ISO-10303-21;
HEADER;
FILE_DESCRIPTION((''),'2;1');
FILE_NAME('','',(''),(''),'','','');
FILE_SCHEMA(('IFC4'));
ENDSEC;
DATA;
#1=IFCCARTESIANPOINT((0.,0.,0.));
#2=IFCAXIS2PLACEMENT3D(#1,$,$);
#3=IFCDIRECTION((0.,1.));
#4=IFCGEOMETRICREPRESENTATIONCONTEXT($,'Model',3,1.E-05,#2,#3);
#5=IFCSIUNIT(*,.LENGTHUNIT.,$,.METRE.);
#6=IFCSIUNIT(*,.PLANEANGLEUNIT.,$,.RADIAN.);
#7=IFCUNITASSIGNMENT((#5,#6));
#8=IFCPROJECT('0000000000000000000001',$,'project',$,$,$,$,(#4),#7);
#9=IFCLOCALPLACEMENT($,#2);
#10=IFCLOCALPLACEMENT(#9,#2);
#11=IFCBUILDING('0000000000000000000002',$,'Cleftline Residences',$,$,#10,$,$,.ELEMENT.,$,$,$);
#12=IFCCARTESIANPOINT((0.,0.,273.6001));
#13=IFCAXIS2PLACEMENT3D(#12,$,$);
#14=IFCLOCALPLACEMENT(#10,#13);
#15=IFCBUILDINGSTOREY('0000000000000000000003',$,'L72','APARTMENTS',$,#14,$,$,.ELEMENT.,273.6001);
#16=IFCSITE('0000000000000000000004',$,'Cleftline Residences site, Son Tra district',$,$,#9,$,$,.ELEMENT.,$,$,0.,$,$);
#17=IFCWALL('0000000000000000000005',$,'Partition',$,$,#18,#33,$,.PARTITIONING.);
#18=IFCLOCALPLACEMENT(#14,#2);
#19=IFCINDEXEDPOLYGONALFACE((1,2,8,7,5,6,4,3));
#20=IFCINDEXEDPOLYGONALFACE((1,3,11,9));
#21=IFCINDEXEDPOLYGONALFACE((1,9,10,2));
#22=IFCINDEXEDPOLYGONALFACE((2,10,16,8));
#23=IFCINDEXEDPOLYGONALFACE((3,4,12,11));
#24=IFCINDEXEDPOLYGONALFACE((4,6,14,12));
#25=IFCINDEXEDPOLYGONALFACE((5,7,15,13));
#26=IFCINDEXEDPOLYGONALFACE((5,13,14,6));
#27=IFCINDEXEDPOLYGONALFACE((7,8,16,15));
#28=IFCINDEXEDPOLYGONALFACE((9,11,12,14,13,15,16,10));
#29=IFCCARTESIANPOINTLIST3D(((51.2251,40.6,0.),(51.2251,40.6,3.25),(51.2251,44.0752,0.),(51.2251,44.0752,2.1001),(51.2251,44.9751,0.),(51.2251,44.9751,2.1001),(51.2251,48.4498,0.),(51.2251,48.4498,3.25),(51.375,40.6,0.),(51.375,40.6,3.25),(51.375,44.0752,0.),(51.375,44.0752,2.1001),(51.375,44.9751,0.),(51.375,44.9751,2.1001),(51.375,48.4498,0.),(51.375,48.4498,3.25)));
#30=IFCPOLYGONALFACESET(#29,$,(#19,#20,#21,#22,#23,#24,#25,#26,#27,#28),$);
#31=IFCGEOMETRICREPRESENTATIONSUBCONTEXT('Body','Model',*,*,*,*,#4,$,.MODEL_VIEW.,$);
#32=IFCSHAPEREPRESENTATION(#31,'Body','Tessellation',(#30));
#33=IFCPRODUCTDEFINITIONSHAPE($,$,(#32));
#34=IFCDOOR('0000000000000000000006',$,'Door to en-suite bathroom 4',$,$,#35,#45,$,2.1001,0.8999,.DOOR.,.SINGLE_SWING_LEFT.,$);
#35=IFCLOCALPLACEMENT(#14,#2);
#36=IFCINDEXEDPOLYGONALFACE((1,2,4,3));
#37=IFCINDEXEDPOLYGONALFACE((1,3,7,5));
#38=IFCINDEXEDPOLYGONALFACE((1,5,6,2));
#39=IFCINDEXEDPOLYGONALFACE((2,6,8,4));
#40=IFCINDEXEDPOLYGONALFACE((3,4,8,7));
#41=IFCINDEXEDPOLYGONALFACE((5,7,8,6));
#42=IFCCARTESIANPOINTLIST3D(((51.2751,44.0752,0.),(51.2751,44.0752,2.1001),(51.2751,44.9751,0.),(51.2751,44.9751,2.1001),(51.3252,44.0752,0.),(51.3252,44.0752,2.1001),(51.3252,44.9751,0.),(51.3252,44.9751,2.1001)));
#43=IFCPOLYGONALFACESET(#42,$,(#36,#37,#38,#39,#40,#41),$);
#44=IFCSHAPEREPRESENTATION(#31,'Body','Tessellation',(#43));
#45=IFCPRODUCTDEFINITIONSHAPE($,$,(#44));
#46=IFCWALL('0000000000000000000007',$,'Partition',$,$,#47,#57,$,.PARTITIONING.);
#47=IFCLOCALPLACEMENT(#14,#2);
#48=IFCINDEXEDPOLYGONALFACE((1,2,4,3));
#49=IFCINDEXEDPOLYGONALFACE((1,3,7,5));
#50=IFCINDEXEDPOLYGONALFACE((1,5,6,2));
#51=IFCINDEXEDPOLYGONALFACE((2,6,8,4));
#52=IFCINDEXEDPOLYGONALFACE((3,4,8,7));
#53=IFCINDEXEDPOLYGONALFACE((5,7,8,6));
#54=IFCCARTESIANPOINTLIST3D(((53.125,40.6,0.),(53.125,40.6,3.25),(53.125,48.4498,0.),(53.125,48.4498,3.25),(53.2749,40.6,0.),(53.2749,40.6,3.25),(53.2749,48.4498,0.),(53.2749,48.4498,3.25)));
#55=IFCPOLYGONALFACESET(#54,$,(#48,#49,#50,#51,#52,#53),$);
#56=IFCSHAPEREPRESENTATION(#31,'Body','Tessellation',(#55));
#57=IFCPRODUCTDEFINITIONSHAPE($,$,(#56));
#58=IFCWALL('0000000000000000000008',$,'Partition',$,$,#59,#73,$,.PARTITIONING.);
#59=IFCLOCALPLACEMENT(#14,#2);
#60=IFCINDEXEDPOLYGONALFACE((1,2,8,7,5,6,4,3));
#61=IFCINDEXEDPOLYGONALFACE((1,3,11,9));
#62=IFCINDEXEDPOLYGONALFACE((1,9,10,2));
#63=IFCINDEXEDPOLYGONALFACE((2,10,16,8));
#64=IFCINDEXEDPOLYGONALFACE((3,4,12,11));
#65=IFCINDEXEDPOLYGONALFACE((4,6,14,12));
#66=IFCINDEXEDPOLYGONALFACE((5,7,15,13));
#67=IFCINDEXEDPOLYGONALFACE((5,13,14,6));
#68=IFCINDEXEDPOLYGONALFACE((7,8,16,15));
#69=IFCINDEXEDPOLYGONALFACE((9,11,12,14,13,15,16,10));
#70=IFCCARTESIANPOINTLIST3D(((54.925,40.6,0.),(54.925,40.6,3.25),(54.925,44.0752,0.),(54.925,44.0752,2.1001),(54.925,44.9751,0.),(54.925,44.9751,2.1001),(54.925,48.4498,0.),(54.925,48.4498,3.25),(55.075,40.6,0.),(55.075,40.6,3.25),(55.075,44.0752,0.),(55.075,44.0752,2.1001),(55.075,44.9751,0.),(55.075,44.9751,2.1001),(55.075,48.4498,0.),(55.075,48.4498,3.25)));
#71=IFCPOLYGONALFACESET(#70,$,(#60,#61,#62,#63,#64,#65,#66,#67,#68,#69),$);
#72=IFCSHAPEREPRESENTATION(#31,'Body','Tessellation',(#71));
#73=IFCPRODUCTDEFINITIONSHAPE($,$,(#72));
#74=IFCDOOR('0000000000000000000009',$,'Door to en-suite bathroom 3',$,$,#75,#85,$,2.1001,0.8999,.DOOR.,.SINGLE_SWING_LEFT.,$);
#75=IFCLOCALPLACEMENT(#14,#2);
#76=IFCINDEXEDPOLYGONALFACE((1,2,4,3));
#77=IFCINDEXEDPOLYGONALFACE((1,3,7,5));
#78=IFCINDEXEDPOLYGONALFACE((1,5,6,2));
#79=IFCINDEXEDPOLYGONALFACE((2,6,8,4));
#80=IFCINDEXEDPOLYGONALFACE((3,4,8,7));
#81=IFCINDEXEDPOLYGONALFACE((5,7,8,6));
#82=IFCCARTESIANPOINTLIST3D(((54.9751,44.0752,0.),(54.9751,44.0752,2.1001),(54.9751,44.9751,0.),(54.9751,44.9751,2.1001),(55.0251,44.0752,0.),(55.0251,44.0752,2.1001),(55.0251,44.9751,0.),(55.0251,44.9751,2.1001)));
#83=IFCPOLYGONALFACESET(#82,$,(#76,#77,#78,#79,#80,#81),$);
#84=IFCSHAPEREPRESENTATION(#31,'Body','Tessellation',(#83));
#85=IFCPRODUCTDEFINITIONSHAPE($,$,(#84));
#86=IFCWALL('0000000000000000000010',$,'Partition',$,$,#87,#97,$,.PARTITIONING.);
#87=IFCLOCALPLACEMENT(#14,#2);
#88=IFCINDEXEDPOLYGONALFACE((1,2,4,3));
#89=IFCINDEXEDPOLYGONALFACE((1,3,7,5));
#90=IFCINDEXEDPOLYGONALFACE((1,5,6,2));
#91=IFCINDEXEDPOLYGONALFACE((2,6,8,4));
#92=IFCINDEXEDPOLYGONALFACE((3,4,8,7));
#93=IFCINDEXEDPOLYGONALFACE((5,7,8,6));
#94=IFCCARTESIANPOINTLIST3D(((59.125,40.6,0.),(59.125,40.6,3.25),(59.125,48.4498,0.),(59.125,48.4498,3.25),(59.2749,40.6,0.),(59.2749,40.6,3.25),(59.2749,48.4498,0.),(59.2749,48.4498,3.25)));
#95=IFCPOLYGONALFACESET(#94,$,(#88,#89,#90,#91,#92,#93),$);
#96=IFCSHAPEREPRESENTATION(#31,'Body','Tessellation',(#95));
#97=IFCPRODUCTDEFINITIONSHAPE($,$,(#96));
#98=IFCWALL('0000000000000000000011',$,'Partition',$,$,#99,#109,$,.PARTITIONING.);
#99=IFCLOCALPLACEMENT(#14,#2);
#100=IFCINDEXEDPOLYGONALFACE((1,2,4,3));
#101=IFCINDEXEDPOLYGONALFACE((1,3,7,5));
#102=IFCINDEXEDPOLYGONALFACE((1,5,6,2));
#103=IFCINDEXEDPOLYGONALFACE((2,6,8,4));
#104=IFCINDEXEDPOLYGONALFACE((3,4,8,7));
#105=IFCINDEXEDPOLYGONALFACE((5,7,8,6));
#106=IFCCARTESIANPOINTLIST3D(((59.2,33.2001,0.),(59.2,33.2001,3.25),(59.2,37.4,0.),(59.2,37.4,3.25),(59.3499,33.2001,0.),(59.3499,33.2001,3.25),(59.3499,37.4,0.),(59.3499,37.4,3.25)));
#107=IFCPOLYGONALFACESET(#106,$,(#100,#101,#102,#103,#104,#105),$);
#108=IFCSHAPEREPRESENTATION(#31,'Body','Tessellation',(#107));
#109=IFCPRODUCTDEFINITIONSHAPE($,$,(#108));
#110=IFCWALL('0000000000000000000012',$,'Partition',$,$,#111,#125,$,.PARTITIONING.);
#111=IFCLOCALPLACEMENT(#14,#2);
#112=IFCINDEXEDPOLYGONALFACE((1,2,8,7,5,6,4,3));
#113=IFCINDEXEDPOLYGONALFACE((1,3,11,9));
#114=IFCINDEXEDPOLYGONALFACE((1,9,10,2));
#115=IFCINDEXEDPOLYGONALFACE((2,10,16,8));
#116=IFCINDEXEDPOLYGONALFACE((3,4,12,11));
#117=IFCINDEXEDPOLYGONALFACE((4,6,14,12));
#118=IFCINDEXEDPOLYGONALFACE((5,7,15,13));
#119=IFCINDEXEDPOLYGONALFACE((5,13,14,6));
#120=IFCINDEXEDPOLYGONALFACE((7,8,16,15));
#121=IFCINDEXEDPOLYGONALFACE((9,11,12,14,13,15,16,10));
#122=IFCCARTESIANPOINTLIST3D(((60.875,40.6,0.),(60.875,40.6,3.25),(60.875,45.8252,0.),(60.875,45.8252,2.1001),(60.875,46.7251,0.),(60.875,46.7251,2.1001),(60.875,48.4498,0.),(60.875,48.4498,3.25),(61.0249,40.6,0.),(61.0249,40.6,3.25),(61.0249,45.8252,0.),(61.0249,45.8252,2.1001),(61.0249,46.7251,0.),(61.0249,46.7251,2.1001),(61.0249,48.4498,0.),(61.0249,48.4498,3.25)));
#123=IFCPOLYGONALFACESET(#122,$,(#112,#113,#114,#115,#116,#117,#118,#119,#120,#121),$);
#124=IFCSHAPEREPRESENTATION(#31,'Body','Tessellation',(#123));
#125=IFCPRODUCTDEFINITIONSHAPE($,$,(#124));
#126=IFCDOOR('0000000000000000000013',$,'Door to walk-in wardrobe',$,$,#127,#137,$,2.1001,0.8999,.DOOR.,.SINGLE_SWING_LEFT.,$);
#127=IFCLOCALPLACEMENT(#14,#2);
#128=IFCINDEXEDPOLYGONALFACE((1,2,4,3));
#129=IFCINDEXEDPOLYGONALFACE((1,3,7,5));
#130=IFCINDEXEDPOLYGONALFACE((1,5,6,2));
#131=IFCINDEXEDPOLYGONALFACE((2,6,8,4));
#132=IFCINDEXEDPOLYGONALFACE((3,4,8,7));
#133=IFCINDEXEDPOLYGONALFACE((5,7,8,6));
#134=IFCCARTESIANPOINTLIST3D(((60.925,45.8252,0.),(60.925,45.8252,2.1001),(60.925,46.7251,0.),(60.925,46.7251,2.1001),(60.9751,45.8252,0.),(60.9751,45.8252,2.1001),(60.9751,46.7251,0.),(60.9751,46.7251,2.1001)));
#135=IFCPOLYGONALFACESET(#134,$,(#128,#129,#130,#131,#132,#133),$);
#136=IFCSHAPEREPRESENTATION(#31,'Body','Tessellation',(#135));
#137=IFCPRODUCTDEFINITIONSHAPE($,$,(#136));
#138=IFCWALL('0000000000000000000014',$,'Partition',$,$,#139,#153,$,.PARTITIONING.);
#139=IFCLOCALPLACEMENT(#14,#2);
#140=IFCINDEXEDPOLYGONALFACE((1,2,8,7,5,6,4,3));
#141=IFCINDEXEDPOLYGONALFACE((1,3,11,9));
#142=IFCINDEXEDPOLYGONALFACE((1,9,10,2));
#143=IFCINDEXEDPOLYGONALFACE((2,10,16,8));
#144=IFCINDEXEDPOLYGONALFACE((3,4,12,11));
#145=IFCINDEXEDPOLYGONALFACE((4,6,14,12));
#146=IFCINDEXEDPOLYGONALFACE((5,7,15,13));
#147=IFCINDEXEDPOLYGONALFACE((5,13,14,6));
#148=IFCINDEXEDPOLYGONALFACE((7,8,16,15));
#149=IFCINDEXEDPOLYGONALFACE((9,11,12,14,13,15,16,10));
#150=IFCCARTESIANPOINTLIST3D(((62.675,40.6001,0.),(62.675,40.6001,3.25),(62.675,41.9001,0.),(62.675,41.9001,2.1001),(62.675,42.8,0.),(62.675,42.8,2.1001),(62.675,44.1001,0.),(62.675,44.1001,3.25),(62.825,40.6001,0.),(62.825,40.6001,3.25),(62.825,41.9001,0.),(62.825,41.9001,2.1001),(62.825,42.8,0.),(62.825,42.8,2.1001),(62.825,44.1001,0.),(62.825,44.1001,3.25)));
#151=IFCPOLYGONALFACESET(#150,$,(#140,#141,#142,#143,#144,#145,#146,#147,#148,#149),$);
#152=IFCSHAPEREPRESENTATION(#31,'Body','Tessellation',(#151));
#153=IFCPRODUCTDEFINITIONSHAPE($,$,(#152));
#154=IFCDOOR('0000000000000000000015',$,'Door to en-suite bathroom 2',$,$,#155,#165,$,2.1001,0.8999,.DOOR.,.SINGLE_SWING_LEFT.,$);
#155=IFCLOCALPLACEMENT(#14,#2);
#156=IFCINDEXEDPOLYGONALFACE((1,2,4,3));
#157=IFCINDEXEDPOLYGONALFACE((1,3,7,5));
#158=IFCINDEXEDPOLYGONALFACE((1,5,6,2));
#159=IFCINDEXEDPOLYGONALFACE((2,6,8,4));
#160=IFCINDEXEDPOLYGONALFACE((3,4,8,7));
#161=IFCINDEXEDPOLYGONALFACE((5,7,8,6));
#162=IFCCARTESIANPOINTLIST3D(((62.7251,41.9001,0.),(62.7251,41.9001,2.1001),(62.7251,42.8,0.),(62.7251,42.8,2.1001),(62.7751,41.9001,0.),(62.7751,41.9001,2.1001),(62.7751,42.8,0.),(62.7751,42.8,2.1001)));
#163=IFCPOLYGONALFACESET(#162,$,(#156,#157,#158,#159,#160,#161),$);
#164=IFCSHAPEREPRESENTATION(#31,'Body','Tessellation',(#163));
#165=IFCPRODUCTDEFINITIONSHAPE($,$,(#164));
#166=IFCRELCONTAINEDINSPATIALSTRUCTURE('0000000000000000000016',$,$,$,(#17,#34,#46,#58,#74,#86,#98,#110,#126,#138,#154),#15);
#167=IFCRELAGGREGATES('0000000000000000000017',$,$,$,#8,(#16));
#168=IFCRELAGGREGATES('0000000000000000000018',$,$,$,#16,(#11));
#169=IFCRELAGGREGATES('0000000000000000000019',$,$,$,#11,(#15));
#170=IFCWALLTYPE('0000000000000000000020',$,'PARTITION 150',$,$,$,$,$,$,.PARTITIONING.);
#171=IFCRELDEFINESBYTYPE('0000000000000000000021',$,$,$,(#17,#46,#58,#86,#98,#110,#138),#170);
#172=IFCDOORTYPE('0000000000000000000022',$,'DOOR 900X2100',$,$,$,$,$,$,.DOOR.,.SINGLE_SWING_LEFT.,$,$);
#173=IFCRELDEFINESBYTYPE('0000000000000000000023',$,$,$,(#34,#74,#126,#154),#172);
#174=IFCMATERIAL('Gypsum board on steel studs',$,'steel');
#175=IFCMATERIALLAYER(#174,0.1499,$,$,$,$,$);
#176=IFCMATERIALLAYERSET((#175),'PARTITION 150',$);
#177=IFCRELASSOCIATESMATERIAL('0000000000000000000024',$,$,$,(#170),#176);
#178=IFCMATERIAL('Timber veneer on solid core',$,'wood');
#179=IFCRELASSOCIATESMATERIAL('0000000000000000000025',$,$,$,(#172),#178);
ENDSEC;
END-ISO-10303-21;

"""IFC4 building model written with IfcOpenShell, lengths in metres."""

from ifc_helpers import new_model, si_unit, direction, frame, frame_2d, origin, place, context, subcontext, project, spatial, rectangle, extrude, material, layer, layer_set, type_object, element, fill, save


model = new_model("IFC4")

# Units and contexts
model_context = context("Model", 3, precision=1e-05, world=origin(), true_north=direction((0.0, 1.0)))
body_context = subcontext(model_context, "Body", "Model", "MODEL_VIEW")
ifc_project = project(units=[si_unit("LENGTHUNIT", "METRE"), si_unit("PLANEANGLEUNIT", "RADIAN")], contexts=[model_context])

# Site, building, storey
site_placement = place(None, origin())
site = spatial("IfcSite", under=ifc_project, at=site_placement, Name="Cleftline Residences site, Son Tra district", CompositionType="ELEMENT", RefElevation=0.0)
building_placement = place(site_placement, origin())
building = spatial("IfcBuilding", under=site, at=building_placement, Name="Cleftline Residences", CompositionType="ELEMENT")
storey_placement = place(building_placement, frame((0.0, 0.0, 273.6001)))
storey = spatial("IfcBuildingStorey", under=building, at=storey_placement, Name="L72", Description="APARTMENTS", CompositionType="ELEMENT", Elevation=273.6001)

# Shared definitions
ifc_material_1 = material(Name="Gypsum board on steel studs", Category="steel")
ifc_layer = layer(ifc_material_1, 0.1499)
ifc_layer_set = layer_set([ifc_layer], Name="PARTITION 150")
wall_type = type_object("IfcWallType", Name="PARTITION 150", PredefinedType="PARTITIONING", material=ifc_layer_set)

# Wall, opening, door
wall_1_placement = place(storey_placement, frame((51.3, 40.6001, 0.0), z_axis=(0.0, 0.0, 1.0), x_axis=(0.0, 1.0, 0.0)))
wall_1 = element("IfcWall", 1, at=wall_1_placement, inside=storey, type_object=wall_type, Name="Partition", PredefinedType="PARTITIONING", context=body_context, shape_type="SweptSolid", body=[
    extrude(rectangle(XDim=7.8499, YDim=0.1499, at=frame_2d((3.9248, 0.0))), origin(), (0.0, 0.0, 1.0), 3.25),
])
opening_1_placement = place(wall_1_placement, frame((3.4751, 0.0, 0.0)))
opening_1 = element("IfcOpeningElement", 2, at=opening_1_placement, cuts=wall_1, PredefinedType="OPENING", context=body_context, shape_type="SweptSolid", body=[
    extrude(rectangle(XDim=0.8999, YDim=2.1001, at=frame_2d((0.45, 1.05))), frame((0.0, 0.085, 0.0), z_axis=(0.0, -1.0, 0.0), x_axis=(1.0, 0.0, 0.0)), (0.0, 0.0, 1.0), 0.1699),
])
ifc_material_2 = material(Name="Timber veneer on solid core", Category="wood")
door_type_1 = type_object("IfcDoorType", Name="DOOR 900X2100", OperationType="SINGLE_SWING_LEFT", PredefinedType="DOOR", material=ifc_material_2)
door_1_placement = place(opening_1_placement, origin())
door_1 = element("IfcDoor", 3, at=door_1_placement, inside=storey, type_object=door_type_1, Name="Door to en-suite bathroom 4", OperationType="SINGLE_SWING_LEFT", OverallHeight=2.1001, OverallWidth=0.8999, PredefinedType="DOOR", context=body_context, shape_type="SweptSolid", body=[
    extrude(rectangle(XDim=0.8999, YDim=2.1001, at=frame_2d((0.45, 1.05))), frame((0.0, 0.0249, 0.0), z_axis=(0.0, -1.0, 0.0), x_axis=(1.0, 0.0, 0.0)), (0.0, 0.0, 1.0), 0.05),
])
fill(opening_1, door_1)

# Wall
wall_2_placement = place(storey_placement, frame((53.2, 40.6001, 0.0), z_axis=(0.0, 0.0, 1.0), x_axis=(0.0, 1.0, 0.0)))
element("IfcWall", 4, at=wall_2_placement, inside=storey, type_object=wall_type, Name="Partition", PredefinedType="PARTITIONING", context=body_context, shape_type="SweptSolid", body=[
    extrude(rectangle(XDim=7.8499, YDim=0.1499, at=frame_2d((3.9248, 0.0))), origin(), (0.0, 0.0, 1.0), 3.25),
])

# Wall, opening, door
wall_3_placement = place(storey_placement, frame((55.0, 40.6001, 0.0), z_axis=(0.0, 0.0, 1.0), x_axis=(0.0, 1.0, 0.0)))
wall_3 = element("IfcWall", 5, at=wall_3_placement, inside=storey, type_object=wall_type, Name="Partition", PredefinedType="PARTITIONING", context=body_context, shape_type="SweptSolid", body=[
    extrude(rectangle(XDim=7.8499, YDim=0.1499, at=frame_2d((3.9248, 0.0))), origin(), (0.0, 0.0, 1.0), 3.25),
])
opening_2_placement = place(wall_3_placement, frame((3.4751, 0.0, 0.0)))
opening_2 = element("IfcOpeningElement", 6, at=opening_2_placement, cuts=wall_3, PredefinedType="OPENING", context=body_context, shape_type="SweptSolid", body=[
    extrude(rectangle(XDim=0.8999, YDim=2.1001, at=frame_2d((0.45, 1.05))), frame((0.0, 0.085, 0.0), z_axis=(0.0, -1.0, 0.0), x_axis=(1.0, 0.0, 0.0)), (0.0, 0.0, 1.0), 0.1699),
])
door_2_placement = place(opening_2_placement, origin())
door_2 = element("IfcDoor", 7, at=door_2_placement, inside=storey, type_object=door_type_1, Name="Door to en-suite bathroom 3", OperationType="SINGLE_SWING_LEFT", OverallHeight=2.1001, OverallWidth=0.8999, PredefinedType="DOOR", context=body_context, shape_type="SweptSolid", body=[
    extrude(rectangle(XDim=0.8999, YDim=2.1001, at=frame_2d((0.45, 1.05))), frame((0.0, 0.0249, 0.0), z_axis=(0.0, -1.0, 0.0), x_axis=(1.0, 0.0, 0.0)), (0.0, 0.0, 1.0), 0.05),
])
fill(opening_2, door_2)

# Walls
wall_4_placement = place(storey_placement, frame((59.2, 40.6001, 0.0), z_axis=(0.0, 0.0, 1.0), x_axis=(0.0, 1.0, 0.0)))
element("IfcWall", 8, at=wall_4_placement, inside=storey, type_object=wall_type, Name="Partition", PredefinedType="PARTITIONING", context=body_context, shape_type="SweptSolid", body=[
    extrude(rectangle(XDim=7.8499, YDim=0.1499, at=frame_2d((3.9248, 0.0))), origin(), (0.0, 0.0, 1.0), 3.25),
])
wall_5_placement = place(storey_placement, frame((59.2749, 33.2, 0.0), z_axis=(0.0, 0.0, 1.0), x_axis=(0.0, 1.0, 0.0)))
element("IfcWall", 9, at=wall_5_placement, inside=storey, type_object=wall_type, Name="Partition", PredefinedType="PARTITIONING", context=body_context, shape_type="SweptSolid", body=[
    extrude(rectangle(XDim=4.2, YDim=0.1499, at=frame_2d((2.1001, 0.0))), origin(), (0.0, 0.0, 1.0), 3.25),
])

# Walls, openings, doors
wall_6_placement = place(storey_placement, frame((60.95, 40.6001, 0.0), z_axis=(0.0, 0.0, 1.0), x_axis=(0.0, 1.0, 0.0)))
wall_6 = element("IfcWall", 10, at=wall_6_placement, inside=storey, type_object=wall_type, Name="Partition", PredefinedType="PARTITIONING", context=body_context, shape_type="SweptSolid", body=[
    extrude(rectangle(XDim=7.8499, YDim=0.1499, at=frame_2d((3.9248, 0.0))), origin(), (0.0, 0.0, 1.0), 3.25),
])
opening_3_placement = place(wall_6_placement, frame((5.2251, 0.0, 0.0)))
opening_3 = element("IfcOpeningElement", 11, at=opening_3_placement, cuts=wall_6, PredefinedType="OPENING", context=body_context, shape_type="SweptSolid", body=[
    extrude(rectangle(XDim=0.8999, YDim=2.1001, at=frame_2d((0.45, 1.05))), frame((0.0, 0.085, 0.0), z_axis=(0.0, -1.0, 0.0), x_axis=(1.0, 0.0, 0.0)), (0.0, 0.0, 1.0), 0.1699),
])
door_3_placement = place(opening_3_placement, origin())
door_3 = element("IfcDoor", 12, at=door_3_placement, inside=storey, type_object=door_type_1, Name="Door to walk-in wardrobe", OperationType="SINGLE_SWING_LEFT", OverallHeight=2.1001, OverallWidth=0.8999, PredefinedType="DOOR", context=body_context, shape_type="SweptSolid", body=[
    extrude(rectangle(XDim=0.8999, YDim=2.1001, at=frame_2d((0.45, 1.05))), frame((0.0, 0.0249, 0.0), z_axis=(0.0, -1.0, 0.0), x_axis=(1.0, 0.0, 0.0)), (0.0, 0.0, 1.0), 0.05),
])
fill(opening_3, door_3)
wall_7_placement = place(storey_placement, frame((62.75, 40.6001, 0.0), z_axis=(0.0, 0.0, 1.0), x_axis=(0.0, 1.0, 0.0)))
wall_7 = element("IfcWall", 13, at=wall_7_placement, inside=storey, type_object=wall_type, Name="Partition", PredefinedType="PARTITIONING", context=body_context, shape_type="SweptSolid", body=[
    extrude(rectangle(XDim=3.5, YDim=0.1499, at=frame_2d((1.75, 0.0))), origin(), (0.0, 0.0, 1.0), 3.25),
])
opening_4_placement = place(wall_7_placement, frame((1.3, 0.0, 0.0)))
opening_4 = element("IfcOpeningElement", 14, at=opening_4_placement, cuts=wall_7, PredefinedType="OPENING", context=body_context, shape_type="SweptSolid", body=[
    extrude(rectangle(XDim=0.8999, YDim=2.1001, at=frame_2d((0.45, 1.05))), frame((0.0, 0.085, 0.0), z_axis=(0.0, -1.0, 0.0), x_axis=(1.0, 0.0, 0.0)), (0.0, 0.0, 1.0), 0.1699),
])
door_4_placement = place(opening_4_placement, origin())
door_4 = element("IfcDoor", 15, at=door_4_placement, inside=storey, type_object=door_type_1, Name="Door to en-suite bathroom 2", OperationType="SINGLE_SWING_LEFT", OverallHeight=2.1001, OverallWidth=0.8999, PredefinedType="DOOR", context=body_context, shape_type="SweptSolid", body=[
    extrude(rectangle(XDim=0.8999, YDim=2.1001, at=frame_2d((0.45, 1.05))), frame((0.0, 0.0249, 0.0), z_axis=(0.0, -1.0, 0.0), x_axis=(1.0, 0.0, 0.0)), (0.0, 0.0, 1.0), 0.05),
])
fill(opening_4, door_4)

save(model, "model.ifc")
